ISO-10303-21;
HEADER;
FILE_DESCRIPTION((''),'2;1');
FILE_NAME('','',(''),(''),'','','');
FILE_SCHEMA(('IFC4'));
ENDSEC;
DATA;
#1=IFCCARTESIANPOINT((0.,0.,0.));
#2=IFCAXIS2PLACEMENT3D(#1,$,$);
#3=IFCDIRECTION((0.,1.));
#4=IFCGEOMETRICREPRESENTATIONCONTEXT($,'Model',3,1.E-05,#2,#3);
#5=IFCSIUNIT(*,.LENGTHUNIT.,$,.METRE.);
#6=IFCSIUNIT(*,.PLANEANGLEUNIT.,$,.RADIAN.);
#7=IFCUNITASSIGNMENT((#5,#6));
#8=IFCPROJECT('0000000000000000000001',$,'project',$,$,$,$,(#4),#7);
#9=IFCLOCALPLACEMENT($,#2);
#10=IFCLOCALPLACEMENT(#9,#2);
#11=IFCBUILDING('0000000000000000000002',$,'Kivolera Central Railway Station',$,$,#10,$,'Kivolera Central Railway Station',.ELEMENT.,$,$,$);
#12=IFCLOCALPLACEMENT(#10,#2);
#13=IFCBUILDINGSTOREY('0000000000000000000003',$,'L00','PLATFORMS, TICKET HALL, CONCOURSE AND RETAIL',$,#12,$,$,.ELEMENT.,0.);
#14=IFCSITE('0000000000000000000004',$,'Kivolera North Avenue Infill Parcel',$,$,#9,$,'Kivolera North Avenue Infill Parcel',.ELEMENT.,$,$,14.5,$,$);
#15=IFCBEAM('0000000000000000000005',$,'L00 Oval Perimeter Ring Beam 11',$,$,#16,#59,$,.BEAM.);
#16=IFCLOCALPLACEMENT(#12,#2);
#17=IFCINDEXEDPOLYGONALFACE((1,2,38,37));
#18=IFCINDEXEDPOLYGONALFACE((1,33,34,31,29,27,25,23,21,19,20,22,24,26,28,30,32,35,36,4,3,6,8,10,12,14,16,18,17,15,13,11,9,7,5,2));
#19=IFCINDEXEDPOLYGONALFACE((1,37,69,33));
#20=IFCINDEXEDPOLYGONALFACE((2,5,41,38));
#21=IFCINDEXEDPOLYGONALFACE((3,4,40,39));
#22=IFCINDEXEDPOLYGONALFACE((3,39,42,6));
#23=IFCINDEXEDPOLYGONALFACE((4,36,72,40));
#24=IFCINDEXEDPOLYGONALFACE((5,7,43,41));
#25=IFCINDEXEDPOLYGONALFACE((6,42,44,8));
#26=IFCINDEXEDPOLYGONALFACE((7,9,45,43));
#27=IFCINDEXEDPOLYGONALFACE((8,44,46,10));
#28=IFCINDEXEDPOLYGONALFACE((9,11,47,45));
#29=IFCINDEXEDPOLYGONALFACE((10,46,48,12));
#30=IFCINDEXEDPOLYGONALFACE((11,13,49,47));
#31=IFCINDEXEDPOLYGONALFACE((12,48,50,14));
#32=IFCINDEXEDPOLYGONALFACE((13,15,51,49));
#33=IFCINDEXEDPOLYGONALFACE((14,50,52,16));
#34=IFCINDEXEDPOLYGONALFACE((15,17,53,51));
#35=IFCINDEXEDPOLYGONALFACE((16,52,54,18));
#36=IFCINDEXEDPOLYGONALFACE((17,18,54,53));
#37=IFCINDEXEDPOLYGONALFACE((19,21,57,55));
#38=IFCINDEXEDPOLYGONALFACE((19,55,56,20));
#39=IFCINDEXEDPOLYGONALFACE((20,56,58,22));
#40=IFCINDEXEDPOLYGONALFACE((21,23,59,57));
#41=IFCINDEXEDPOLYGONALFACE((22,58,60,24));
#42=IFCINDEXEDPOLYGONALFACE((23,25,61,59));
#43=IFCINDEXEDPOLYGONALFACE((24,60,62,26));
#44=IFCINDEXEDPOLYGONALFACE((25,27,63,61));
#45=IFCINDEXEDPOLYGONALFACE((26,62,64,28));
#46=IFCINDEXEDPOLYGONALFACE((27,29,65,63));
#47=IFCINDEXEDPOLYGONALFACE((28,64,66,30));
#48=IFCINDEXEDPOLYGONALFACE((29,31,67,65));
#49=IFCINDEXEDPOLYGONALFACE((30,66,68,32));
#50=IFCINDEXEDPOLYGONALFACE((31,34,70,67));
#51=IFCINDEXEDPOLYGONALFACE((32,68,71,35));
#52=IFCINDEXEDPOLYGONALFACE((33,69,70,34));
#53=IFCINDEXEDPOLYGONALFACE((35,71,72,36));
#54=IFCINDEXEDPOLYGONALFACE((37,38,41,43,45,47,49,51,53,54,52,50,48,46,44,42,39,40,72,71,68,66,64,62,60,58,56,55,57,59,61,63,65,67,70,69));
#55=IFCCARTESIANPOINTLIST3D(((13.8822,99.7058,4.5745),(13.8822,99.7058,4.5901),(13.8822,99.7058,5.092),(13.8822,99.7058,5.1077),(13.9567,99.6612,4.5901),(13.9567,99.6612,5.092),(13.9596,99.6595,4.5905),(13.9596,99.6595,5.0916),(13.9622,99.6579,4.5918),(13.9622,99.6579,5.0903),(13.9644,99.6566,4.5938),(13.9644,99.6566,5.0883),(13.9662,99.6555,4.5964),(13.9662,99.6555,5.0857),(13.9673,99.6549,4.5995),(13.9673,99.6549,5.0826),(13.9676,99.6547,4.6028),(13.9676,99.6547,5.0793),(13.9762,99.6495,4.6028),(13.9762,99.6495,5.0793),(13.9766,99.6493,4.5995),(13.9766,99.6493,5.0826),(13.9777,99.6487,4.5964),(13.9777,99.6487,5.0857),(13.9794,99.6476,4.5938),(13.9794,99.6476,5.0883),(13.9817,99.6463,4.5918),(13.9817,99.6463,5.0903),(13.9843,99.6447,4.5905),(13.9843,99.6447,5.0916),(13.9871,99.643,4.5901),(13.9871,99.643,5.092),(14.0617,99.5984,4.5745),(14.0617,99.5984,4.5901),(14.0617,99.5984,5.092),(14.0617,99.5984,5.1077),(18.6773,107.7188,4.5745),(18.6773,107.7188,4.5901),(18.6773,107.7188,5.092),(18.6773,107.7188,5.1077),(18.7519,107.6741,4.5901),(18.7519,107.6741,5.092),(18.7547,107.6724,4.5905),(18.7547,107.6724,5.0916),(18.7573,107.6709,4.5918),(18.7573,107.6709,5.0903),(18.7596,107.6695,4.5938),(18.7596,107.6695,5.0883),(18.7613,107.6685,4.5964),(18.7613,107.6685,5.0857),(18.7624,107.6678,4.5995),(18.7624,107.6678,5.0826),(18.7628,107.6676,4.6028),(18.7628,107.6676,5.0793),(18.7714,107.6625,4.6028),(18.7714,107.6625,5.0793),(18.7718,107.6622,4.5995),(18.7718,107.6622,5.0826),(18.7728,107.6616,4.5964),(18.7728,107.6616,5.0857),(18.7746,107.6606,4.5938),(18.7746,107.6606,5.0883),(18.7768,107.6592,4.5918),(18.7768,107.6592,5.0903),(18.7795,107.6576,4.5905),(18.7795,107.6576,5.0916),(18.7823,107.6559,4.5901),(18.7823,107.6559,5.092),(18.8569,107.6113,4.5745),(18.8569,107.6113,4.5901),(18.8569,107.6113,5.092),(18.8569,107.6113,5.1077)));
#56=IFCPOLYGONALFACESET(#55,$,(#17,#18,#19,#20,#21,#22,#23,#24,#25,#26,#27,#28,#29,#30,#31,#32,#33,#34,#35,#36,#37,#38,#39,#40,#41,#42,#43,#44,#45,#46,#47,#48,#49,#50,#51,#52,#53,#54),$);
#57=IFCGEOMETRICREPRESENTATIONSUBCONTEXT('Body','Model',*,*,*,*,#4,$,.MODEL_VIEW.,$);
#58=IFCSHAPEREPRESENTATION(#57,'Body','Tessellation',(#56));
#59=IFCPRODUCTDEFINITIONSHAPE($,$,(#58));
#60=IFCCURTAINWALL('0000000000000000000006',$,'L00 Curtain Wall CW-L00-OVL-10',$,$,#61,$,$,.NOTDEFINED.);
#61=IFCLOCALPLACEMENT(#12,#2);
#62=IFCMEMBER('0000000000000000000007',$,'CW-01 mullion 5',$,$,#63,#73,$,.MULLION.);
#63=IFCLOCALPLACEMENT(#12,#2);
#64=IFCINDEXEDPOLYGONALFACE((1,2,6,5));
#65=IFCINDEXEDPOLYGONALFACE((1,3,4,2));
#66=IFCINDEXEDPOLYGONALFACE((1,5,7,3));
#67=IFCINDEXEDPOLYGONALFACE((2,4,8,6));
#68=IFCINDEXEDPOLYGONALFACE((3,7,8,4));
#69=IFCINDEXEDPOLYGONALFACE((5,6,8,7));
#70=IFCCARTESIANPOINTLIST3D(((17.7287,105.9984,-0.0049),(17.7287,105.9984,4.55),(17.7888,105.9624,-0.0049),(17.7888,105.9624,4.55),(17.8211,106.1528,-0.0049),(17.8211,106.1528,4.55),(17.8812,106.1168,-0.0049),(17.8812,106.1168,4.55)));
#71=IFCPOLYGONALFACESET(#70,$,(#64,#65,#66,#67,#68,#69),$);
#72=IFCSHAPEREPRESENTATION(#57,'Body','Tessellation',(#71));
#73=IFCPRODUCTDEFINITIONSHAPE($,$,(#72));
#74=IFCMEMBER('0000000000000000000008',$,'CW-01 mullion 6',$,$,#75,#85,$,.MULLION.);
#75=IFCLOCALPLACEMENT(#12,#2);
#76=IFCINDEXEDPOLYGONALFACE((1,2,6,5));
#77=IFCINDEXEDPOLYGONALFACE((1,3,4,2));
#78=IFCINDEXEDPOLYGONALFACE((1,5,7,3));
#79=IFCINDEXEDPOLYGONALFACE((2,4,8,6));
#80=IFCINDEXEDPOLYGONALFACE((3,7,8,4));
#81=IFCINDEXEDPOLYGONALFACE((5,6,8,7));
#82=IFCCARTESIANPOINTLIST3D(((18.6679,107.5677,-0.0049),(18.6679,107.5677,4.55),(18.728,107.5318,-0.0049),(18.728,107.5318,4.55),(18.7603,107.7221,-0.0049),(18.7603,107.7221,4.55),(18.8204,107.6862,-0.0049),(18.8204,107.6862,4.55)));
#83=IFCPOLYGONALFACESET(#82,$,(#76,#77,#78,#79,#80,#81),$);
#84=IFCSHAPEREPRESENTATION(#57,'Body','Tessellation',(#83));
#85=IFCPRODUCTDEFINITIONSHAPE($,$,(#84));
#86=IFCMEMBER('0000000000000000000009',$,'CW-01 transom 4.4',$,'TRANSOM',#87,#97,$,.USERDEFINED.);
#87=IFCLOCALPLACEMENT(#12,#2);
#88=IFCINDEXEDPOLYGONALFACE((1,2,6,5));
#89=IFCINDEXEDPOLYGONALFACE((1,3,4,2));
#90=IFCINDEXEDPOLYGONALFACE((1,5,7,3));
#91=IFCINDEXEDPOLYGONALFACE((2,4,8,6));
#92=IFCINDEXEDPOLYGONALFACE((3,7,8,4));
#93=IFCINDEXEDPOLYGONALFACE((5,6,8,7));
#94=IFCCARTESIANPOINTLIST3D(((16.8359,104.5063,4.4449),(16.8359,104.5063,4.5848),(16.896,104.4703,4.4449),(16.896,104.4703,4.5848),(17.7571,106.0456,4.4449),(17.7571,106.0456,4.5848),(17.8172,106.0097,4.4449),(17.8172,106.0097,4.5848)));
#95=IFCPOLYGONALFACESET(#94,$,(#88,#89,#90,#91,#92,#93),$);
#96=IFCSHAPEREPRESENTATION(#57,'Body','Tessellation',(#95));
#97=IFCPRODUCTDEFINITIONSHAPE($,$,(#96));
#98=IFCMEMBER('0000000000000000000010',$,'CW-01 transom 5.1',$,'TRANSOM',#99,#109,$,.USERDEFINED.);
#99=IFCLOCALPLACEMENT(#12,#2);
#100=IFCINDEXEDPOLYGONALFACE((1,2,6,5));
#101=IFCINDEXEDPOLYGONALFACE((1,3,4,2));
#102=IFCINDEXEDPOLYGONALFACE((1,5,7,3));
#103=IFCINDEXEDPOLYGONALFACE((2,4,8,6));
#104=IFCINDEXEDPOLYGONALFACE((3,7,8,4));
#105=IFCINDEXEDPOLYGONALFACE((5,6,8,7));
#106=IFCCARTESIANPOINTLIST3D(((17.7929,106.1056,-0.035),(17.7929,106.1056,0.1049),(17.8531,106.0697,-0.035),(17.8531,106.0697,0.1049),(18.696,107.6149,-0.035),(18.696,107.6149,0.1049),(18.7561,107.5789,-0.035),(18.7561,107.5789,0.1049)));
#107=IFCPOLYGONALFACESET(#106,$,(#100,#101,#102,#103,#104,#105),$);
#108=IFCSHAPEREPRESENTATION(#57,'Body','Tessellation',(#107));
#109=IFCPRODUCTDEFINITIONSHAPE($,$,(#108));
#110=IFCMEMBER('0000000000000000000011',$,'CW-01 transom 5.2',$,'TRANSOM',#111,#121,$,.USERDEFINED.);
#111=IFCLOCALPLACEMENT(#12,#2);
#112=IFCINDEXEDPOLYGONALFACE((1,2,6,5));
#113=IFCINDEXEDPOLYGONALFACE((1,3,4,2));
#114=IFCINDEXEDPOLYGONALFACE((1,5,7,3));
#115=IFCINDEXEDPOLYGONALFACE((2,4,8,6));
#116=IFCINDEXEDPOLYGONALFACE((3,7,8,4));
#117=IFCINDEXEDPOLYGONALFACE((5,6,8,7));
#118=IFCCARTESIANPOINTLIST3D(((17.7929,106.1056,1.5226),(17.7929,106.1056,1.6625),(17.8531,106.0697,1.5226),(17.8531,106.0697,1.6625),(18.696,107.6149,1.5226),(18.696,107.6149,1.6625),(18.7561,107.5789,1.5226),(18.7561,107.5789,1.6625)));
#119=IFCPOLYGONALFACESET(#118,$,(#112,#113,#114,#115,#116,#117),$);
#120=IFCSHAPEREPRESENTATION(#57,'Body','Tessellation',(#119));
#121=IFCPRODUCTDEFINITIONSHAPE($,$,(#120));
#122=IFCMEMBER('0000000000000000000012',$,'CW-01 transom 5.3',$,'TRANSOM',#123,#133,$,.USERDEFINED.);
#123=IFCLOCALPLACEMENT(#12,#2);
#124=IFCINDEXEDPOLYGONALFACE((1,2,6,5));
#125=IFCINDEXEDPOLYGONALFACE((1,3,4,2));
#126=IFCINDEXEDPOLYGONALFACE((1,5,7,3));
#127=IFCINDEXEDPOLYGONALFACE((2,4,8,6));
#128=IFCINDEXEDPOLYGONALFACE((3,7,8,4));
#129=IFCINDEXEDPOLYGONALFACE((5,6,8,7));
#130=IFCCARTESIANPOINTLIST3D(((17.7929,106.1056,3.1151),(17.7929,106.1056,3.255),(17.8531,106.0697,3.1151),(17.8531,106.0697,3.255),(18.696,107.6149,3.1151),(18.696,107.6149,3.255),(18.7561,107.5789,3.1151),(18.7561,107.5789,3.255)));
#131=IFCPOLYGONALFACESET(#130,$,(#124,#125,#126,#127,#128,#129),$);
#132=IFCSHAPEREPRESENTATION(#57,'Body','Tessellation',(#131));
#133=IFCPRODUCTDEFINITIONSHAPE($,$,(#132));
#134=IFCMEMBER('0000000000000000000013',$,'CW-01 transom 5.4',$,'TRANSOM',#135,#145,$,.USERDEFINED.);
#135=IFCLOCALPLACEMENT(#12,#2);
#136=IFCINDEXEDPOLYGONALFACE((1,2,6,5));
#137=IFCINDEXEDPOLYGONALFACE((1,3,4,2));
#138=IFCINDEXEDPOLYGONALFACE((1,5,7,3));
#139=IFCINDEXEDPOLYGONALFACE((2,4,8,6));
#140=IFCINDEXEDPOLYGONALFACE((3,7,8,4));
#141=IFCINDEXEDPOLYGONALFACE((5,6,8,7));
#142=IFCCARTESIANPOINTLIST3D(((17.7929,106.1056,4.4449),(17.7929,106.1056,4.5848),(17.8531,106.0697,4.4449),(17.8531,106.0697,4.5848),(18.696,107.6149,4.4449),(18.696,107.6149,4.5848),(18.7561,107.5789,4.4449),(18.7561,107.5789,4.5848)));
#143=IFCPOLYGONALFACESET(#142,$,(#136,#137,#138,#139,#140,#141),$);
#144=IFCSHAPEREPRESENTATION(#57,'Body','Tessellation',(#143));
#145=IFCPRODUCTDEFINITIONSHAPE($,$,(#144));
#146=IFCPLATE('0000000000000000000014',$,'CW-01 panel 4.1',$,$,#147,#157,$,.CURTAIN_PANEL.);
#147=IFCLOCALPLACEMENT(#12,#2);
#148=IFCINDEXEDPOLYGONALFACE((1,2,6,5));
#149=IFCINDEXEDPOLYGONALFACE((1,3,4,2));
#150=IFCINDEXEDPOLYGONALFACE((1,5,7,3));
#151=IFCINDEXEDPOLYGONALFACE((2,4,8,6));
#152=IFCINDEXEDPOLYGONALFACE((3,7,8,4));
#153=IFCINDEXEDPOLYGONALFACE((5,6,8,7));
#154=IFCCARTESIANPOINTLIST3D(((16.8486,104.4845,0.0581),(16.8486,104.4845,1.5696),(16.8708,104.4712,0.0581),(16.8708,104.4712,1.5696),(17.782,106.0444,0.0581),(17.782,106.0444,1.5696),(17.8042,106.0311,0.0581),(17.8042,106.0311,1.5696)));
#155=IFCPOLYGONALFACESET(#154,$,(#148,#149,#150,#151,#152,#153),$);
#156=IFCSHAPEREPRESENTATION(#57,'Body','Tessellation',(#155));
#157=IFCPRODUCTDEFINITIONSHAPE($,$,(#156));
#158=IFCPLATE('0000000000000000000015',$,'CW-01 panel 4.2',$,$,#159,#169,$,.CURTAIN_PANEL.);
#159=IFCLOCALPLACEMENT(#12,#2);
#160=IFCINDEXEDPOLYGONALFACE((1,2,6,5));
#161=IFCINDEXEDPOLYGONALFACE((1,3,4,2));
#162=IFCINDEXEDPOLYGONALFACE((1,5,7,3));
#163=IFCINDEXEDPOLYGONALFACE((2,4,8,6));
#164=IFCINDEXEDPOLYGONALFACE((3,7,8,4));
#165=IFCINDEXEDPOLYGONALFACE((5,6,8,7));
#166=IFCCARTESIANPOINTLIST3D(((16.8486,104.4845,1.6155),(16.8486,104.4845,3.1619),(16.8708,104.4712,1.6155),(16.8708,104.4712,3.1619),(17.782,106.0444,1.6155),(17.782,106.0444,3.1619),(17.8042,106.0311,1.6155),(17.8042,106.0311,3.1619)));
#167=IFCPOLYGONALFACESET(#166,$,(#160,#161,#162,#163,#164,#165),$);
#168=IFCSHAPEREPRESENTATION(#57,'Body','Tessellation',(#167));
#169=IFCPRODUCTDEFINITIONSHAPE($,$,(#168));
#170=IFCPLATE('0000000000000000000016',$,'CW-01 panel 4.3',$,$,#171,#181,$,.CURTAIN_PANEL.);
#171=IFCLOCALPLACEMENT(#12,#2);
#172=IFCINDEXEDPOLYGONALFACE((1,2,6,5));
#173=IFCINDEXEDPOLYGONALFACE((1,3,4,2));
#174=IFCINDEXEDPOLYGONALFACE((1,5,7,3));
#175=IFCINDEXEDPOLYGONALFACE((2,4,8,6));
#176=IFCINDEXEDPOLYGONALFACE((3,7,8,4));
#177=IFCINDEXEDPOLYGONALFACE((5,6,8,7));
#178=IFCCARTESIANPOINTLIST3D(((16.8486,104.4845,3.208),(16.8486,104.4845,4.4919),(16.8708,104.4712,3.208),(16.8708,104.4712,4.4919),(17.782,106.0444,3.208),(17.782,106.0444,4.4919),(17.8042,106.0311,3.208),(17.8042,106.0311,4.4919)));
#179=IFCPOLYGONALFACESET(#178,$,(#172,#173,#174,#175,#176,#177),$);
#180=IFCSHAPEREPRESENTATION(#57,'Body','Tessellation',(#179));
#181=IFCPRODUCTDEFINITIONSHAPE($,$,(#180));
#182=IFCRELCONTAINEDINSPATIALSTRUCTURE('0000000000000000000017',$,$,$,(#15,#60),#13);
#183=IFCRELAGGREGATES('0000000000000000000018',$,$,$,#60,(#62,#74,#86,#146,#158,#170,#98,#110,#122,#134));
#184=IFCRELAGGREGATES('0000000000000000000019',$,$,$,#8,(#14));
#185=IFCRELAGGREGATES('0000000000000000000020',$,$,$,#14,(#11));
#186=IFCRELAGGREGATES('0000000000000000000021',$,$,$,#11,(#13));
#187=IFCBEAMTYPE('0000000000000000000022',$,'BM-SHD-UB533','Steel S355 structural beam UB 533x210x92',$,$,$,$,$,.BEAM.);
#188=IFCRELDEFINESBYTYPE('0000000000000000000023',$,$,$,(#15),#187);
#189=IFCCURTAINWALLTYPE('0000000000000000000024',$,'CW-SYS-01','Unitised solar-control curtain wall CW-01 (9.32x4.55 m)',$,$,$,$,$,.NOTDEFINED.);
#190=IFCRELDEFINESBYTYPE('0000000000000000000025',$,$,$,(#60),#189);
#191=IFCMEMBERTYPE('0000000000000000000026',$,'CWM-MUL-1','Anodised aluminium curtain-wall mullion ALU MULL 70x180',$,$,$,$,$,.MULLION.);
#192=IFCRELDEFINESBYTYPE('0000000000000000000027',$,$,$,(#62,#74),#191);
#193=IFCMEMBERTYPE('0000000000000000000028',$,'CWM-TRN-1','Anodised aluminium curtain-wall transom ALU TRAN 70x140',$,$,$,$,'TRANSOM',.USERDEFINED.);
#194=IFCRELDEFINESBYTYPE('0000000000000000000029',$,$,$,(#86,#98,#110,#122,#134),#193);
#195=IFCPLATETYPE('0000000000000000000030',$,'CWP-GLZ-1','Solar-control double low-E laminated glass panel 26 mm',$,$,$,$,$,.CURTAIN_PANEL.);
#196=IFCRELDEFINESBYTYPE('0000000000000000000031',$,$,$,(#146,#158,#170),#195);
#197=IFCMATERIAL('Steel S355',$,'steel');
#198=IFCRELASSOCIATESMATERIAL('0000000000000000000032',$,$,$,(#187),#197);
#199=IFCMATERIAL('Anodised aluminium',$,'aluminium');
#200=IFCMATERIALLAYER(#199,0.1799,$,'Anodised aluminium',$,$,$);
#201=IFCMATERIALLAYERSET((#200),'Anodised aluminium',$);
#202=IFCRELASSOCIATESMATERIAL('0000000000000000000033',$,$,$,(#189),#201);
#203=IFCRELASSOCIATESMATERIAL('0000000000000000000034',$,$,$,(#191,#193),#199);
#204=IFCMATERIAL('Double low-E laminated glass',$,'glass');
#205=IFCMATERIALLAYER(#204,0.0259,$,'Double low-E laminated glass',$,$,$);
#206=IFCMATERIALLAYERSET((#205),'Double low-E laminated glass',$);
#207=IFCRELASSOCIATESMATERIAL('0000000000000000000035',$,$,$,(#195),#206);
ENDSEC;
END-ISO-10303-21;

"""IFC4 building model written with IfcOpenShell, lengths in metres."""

from ifc_helpers import new_model, si_unit, direction, frame, origin, origin_2d, place, context, subcontext, project, spatial, rectangle, i_section, extrude, material, layer, layer_set, material_profile, profile_set, type_object, element, aggregate, save


model = new_model("IFC4")

# Units and contexts
model_context = context("Model", 3, precision=1e-05, world=origin(), true_north=direction((0.0, 1.0)))
body_context = subcontext(model_context, "Body", "Model", "MODEL_VIEW")
ifc_project = project(units=[si_unit("LENGTHUNIT", "METRE"), si_unit("PLANEANGLEUNIT", "RADIAN")], contexts=[model_context])

# Site, building, storey
site_placement = place(None, origin())
site = spatial("IfcSite", under=ifc_project, at=site_placement, Name="Kivolera North Avenue Infill Parcel", LongName="Kivolera North Avenue Infill Parcel", CompositionType="ELEMENT", RefElevation=14.5)
building_placement = place(site_placement, origin())
building = spatial("IfcBuilding", under=site, at=building_placement, Name="Kivolera Central Railway Station", LongName="Kivolera Central Railway Station", CompositionType="ELEMENT")
storey_placement = place(building_placement, origin())
storey = spatial("IfcBuildingStorey", under=building, at=storey_placement, Name="L00", Description="PLATFORMS, TICKET HALL, CONCOURSE AND RETAIL", CompositionType="ELEMENT", Elevation=0.0)

# Beam
ifc_material_1 = material(Name="Steel S355", Category="steel")
ifc_material_profile_1 = material_profile(ifc_material_1, i_section(OverallWidth=0.2092, OverallDepth=0.5332, WebThickness=0.01, FlangeThickness=0.0156, FilletRadius=0.0127, at=origin_2d()), Name="UB 533x210x92")
ifc_profile_set_1 = profile_set([ifc_material_profile_1], Name="Steel S355")
beam_type = type_object("IfcBeamType", Name="BM-SHD-UB533", Description="Steel S355 structural beam UB 533x210x92", PredefinedType="BEAM", material=ifc_profile_set_1)
beam_placement = place(storey_placement, frame((18.7671, 107.665, 4.8411), z_axis=(-0.513503, -0.858088, 0.0), x_axis=(0.858088, -0.513503, 0.0)))
element("IfcBeam", 1, at=beam_placement, inside=storey, type_object=beam_type, Name="L00 Oval Perimeter Ring Beam 11", PredefinedType="BEAM", context=body_context, shape_type="SweptSolid", body=[
    extrude(i_section(OverallWidth=0.2092, OverallDepth=0.5332, WebThickness=0.01, FlangeThickness=0.0156, FilletRadius=0.0127, at=origin_2d()), origin(), (0.0, 0.0, 1.0), 9.3381),
])

# Curtain wall, members, plates
ifc_material_2 = material(Name="Anodised aluminium", Category="aluminium")
ifc_layer_1 = layer(ifc_material_2, 0.1799, Name="Anodised aluminium")
ifc_layer_set_1 = layer_set([ifc_layer_1], Name="Anodised aluminium")
curtain_wall_type = type_object("IfcCurtainWallType", Name="CW-SYS-01", Description="Unitised solar-control curtain wall CW-01 (9.32x4.55 m)", PredefinedType="NOTDEFINED", material=ifc_layer_set_1)
curtain_wall_placement = place(storey_placement, origin())
curtain_wall = element("IfcCurtainWall", 2, at=curtain_wall_placement, inside=storey, type_object=curtain_wall_type, Name="L00 Curtain Wall CW-L00-OVL-10", PredefinedType="NOTDEFINED")
ifc_material_profile_2 = material_profile(ifc_material_2, rectangle(XDim=0.0701, YDim=0.1799, at=origin_2d()), Name="ALU MULL 70x180")
ifc_profile_set_2 = profile_set([ifc_material_profile_2], Name="Anodised aluminium")
member_type_1 = type_object("IfcMemberType", Name="CWM-MUL-1", Description="Anodised aluminium curtain-wall mullion ALU MULL 70x180", PredefinedType="MULLION", material=ifc_profile_set_2)
member_1_placement = place(storey_placement, frame((17.8049, 106.0576, -0.0049), z_axis=(0.0, 0.0, 1.0), x_axis=(-0.858117, 0.513454, 0.0)))
member_1 = element("IfcMember", 3, at=member_1_placement, type_object=member_type_1, Name="CW-01 mullion 5", PredefinedType="MULLION", context=body_context, shape_type="SweptSolid", body=[
    extrude(rectangle(XDim=0.0701, YDim=0.1799, at=origin_2d()), origin(), (0.0, 0.0, 1.0), 4.5549),
])
member_2_placement = place(storey_placement, frame((18.7441, 107.627, -0.0049), z_axis=(0.0, 0.0, 1.0), x_axis=(-0.858117, 0.513454, 0.0)))
member_2 = element("IfcMember", 4, at=member_2_placement, type_object=member_type_1, Name="CW-01 mullion 6", PredefinedType="MULLION", context=body_context, shape_type="SweptSolid", body=[
    extrude(rectangle(XDim=0.0701, YDim=0.1799, at=origin_2d()), origin(), (0.0, 0.0, 1.0), 4.5549),
])
ifc_material_profile_3 = material_profile(ifc_material_2, rectangle(XDim=0.0701, YDim=0.1399, at=origin_2d()), Name="ALU TRAN 70x140")
ifc_profile_set_3 = profile_set([ifc_material_profile_3], Name="Anodised aluminium")
member_type_2 = type_object("IfcMemberType", Name="CWM-TRN-1", Description="Anodised aluminium curtain-wall transom ALU TRAN 70x140", ElementType="TRANSOM", PredefinedType="USERDEFINED", material=ifc_profile_set_3)
member_3_placement = place(storey_placement, frame((16.866, 104.4883, 4.5149), z_axis=(0.513495, 0.858093, 0.0), x_axis=(-0.858093, 0.513495, 0.0)))
member_3 = element("IfcMember", 5, at=member_3_placement, type_object=member_type_2, Name="CW-01 transom 4.4", ObjectType="TRANSOM", PredefinedType="USERDEFINED", context=body_context, shape_type="SweptSolid", body=[
    extrude(rectangle(XDim=0.0701, YDim=0.1399, at=origin_2d()), origin(), (0.0, 0.0, 1.0), 1.7939),
])
member_4_placement = place(storey_placement, frame((17.823, 106.0876, 0.0349), z_axis=(0.513454, 0.858117, 0.0), x_axis=(-0.858117, 0.513454, 0.0)))
member_4 = element("IfcMember", 6, at=member_4_placement, type_object=member_type_2, Name="CW-01 transom 5.1", ObjectType="TRANSOM", PredefinedType="USERDEFINED", context=body_context, shape_type="SweptSolid", body=[
    extrude(rectangle(XDim=0.0701, YDim=0.1399, at=origin_2d()), origin(), (0.0, 0.0, 1.0), 1.7588),
])
member_5_placement = place(storey_placement, frame((17.823, 106.0876, 1.5925), z_axis=(0.513454, 0.858117, 0.0), x_axis=(-0.858117, 0.513454, 0.0)))
member_5 = element("IfcMember", 7, at=member_5_placement, type_object=member_type_2, Name="CW-01 transom 5.2", ObjectType="TRANSOM", PredefinedType="USERDEFINED", context=body_context, shape_type="SweptSolid", body=[
    extrude(rectangle(XDim=0.0701, YDim=0.1399, at=origin_2d()), origin(), (0.0, 0.0, 1.0), 1.7588),
])
member_6_placement = place(storey_placement, frame((17.823, 106.0876, 3.1851), z_axis=(0.513454, 0.858117, 0.0), x_axis=(-0.858117, 0.513454, 0.0)))
member_6 = element("IfcMember", 8, at=member_6_placement, type_object=member_type_2, Name="CW-01 transom 5.3", ObjectType="TRANSOM", PredefinedType="USERDEFINED", context=body_context, shape_type="SweptSolid", body=[
    extrude(rectangle(XDim=0.0701, YDim=0.1399, at=origin_2d()), origin(), (0.0, 0.0, 1.0), 1.7588),
])
member_7_placement = place(storey_placement, frame((17.823, 106.0876, 4.5149), z_axis=(0.513454, 0.858117, 0.0), x_axis=(-0.858117, 0.513454, 0.0)))
member_7 = element("IfcMember", 9, at=member_7_placement, type_object=member_type_2, Name="CW-01 transom 5.4", ObjectType="TRANSOM", PredefinedType="USERDEFINED", context=body_context, shape_type="SweptSolid", body=[
    extrude(rectangle(XDim=0.0701, YDim=0.1399, at=origin_2d()), origin(), (0.0, 0.0, 1.0), 1.7588),
])
ifc_material_3 = material(Name="Double low-E laminated glass", Category="glass")
ifc_layer_2 = layer(ifc_material_3, 0.0259, Name="Double low-E laminated glass")
ifc_layer_set_2 = layer_set([ifc_layer_2], Name="Double low-E laminated glass")
plate_type = type_object("IfcPlateType", Name="CWP-GLZ-1", Description="Solar-control double low-E laminated glass panel 26 mm", PredefinedType="CURTAIN_PANEL", material=ifc_layer_set_2)
plate_1_placement = place(storey_placement, frame((17.3264, 105.2578, 0.0581), z_axis=(0.0, 0.0, 1.0), x_axis=(0.513454, 0.858117, 0.0)))
plate_1 = element("IfcPlate", 10, at=plate_1_placement, type_object=plate_type, Name="CW-01 panel 4.1", PredefinedType="CURTAIN_PANEL", context=body_context, shape_type="SweptSolid", body=[
    extrude(rectangle(XDim=1.8179, YDim=0.0259, at=origin_2d()), origin(), (0.0, 0.0, 1.0), 1.5115),
])
plate_2_placement = place(storey_placement, frame((17.3264, 105.2578, 1.6155), z_axis=(0.0, 0.0, 1.0), x_axis=(0.513454, 0.858117, 0.0)))
plate_2 = element("IfcPlate", 11, at=plate_2_placement, type_object=plate_type, Name="CW-01 panel 4.2", PredefinedType="CURTAIN_PANEL", context=body_context, shape_type="SweptSolid", body=[
    extrude(rectangle(XDim=1.8179, YDim=0.0259, at=origin_2d()), origin(), (0.0, 0.0, 1.0), 1.5464),
])
plate_3_placement = place(storey_placement, frame((17.3264, 105.2578, 3.208), z_axis=(0.0, 0.0, 1.0), x_axis=(0.513454, 0.858117, 0.0)))
plate_3 = element("IfcPlate", 12, at=plate_3_placement, type_object=plate_type, Name="CW-01 panel 4.3", PredefinedType="CURTAIN_PANEL", context=body_context, shape_type="SweptSolid", body=[
    extrude(rectangle(XDim=1.8179, YDim=0.0259, at=origin_2d()), origin(), (0.0, 0.0, 1.0), 1.2839),
])
aggregate(curtain_wall, [member_1, member_2, member_3, plate_1, plate_2, plate_3, member_4, member_5, member_6, member_7])

save(model, "model.ifc")
